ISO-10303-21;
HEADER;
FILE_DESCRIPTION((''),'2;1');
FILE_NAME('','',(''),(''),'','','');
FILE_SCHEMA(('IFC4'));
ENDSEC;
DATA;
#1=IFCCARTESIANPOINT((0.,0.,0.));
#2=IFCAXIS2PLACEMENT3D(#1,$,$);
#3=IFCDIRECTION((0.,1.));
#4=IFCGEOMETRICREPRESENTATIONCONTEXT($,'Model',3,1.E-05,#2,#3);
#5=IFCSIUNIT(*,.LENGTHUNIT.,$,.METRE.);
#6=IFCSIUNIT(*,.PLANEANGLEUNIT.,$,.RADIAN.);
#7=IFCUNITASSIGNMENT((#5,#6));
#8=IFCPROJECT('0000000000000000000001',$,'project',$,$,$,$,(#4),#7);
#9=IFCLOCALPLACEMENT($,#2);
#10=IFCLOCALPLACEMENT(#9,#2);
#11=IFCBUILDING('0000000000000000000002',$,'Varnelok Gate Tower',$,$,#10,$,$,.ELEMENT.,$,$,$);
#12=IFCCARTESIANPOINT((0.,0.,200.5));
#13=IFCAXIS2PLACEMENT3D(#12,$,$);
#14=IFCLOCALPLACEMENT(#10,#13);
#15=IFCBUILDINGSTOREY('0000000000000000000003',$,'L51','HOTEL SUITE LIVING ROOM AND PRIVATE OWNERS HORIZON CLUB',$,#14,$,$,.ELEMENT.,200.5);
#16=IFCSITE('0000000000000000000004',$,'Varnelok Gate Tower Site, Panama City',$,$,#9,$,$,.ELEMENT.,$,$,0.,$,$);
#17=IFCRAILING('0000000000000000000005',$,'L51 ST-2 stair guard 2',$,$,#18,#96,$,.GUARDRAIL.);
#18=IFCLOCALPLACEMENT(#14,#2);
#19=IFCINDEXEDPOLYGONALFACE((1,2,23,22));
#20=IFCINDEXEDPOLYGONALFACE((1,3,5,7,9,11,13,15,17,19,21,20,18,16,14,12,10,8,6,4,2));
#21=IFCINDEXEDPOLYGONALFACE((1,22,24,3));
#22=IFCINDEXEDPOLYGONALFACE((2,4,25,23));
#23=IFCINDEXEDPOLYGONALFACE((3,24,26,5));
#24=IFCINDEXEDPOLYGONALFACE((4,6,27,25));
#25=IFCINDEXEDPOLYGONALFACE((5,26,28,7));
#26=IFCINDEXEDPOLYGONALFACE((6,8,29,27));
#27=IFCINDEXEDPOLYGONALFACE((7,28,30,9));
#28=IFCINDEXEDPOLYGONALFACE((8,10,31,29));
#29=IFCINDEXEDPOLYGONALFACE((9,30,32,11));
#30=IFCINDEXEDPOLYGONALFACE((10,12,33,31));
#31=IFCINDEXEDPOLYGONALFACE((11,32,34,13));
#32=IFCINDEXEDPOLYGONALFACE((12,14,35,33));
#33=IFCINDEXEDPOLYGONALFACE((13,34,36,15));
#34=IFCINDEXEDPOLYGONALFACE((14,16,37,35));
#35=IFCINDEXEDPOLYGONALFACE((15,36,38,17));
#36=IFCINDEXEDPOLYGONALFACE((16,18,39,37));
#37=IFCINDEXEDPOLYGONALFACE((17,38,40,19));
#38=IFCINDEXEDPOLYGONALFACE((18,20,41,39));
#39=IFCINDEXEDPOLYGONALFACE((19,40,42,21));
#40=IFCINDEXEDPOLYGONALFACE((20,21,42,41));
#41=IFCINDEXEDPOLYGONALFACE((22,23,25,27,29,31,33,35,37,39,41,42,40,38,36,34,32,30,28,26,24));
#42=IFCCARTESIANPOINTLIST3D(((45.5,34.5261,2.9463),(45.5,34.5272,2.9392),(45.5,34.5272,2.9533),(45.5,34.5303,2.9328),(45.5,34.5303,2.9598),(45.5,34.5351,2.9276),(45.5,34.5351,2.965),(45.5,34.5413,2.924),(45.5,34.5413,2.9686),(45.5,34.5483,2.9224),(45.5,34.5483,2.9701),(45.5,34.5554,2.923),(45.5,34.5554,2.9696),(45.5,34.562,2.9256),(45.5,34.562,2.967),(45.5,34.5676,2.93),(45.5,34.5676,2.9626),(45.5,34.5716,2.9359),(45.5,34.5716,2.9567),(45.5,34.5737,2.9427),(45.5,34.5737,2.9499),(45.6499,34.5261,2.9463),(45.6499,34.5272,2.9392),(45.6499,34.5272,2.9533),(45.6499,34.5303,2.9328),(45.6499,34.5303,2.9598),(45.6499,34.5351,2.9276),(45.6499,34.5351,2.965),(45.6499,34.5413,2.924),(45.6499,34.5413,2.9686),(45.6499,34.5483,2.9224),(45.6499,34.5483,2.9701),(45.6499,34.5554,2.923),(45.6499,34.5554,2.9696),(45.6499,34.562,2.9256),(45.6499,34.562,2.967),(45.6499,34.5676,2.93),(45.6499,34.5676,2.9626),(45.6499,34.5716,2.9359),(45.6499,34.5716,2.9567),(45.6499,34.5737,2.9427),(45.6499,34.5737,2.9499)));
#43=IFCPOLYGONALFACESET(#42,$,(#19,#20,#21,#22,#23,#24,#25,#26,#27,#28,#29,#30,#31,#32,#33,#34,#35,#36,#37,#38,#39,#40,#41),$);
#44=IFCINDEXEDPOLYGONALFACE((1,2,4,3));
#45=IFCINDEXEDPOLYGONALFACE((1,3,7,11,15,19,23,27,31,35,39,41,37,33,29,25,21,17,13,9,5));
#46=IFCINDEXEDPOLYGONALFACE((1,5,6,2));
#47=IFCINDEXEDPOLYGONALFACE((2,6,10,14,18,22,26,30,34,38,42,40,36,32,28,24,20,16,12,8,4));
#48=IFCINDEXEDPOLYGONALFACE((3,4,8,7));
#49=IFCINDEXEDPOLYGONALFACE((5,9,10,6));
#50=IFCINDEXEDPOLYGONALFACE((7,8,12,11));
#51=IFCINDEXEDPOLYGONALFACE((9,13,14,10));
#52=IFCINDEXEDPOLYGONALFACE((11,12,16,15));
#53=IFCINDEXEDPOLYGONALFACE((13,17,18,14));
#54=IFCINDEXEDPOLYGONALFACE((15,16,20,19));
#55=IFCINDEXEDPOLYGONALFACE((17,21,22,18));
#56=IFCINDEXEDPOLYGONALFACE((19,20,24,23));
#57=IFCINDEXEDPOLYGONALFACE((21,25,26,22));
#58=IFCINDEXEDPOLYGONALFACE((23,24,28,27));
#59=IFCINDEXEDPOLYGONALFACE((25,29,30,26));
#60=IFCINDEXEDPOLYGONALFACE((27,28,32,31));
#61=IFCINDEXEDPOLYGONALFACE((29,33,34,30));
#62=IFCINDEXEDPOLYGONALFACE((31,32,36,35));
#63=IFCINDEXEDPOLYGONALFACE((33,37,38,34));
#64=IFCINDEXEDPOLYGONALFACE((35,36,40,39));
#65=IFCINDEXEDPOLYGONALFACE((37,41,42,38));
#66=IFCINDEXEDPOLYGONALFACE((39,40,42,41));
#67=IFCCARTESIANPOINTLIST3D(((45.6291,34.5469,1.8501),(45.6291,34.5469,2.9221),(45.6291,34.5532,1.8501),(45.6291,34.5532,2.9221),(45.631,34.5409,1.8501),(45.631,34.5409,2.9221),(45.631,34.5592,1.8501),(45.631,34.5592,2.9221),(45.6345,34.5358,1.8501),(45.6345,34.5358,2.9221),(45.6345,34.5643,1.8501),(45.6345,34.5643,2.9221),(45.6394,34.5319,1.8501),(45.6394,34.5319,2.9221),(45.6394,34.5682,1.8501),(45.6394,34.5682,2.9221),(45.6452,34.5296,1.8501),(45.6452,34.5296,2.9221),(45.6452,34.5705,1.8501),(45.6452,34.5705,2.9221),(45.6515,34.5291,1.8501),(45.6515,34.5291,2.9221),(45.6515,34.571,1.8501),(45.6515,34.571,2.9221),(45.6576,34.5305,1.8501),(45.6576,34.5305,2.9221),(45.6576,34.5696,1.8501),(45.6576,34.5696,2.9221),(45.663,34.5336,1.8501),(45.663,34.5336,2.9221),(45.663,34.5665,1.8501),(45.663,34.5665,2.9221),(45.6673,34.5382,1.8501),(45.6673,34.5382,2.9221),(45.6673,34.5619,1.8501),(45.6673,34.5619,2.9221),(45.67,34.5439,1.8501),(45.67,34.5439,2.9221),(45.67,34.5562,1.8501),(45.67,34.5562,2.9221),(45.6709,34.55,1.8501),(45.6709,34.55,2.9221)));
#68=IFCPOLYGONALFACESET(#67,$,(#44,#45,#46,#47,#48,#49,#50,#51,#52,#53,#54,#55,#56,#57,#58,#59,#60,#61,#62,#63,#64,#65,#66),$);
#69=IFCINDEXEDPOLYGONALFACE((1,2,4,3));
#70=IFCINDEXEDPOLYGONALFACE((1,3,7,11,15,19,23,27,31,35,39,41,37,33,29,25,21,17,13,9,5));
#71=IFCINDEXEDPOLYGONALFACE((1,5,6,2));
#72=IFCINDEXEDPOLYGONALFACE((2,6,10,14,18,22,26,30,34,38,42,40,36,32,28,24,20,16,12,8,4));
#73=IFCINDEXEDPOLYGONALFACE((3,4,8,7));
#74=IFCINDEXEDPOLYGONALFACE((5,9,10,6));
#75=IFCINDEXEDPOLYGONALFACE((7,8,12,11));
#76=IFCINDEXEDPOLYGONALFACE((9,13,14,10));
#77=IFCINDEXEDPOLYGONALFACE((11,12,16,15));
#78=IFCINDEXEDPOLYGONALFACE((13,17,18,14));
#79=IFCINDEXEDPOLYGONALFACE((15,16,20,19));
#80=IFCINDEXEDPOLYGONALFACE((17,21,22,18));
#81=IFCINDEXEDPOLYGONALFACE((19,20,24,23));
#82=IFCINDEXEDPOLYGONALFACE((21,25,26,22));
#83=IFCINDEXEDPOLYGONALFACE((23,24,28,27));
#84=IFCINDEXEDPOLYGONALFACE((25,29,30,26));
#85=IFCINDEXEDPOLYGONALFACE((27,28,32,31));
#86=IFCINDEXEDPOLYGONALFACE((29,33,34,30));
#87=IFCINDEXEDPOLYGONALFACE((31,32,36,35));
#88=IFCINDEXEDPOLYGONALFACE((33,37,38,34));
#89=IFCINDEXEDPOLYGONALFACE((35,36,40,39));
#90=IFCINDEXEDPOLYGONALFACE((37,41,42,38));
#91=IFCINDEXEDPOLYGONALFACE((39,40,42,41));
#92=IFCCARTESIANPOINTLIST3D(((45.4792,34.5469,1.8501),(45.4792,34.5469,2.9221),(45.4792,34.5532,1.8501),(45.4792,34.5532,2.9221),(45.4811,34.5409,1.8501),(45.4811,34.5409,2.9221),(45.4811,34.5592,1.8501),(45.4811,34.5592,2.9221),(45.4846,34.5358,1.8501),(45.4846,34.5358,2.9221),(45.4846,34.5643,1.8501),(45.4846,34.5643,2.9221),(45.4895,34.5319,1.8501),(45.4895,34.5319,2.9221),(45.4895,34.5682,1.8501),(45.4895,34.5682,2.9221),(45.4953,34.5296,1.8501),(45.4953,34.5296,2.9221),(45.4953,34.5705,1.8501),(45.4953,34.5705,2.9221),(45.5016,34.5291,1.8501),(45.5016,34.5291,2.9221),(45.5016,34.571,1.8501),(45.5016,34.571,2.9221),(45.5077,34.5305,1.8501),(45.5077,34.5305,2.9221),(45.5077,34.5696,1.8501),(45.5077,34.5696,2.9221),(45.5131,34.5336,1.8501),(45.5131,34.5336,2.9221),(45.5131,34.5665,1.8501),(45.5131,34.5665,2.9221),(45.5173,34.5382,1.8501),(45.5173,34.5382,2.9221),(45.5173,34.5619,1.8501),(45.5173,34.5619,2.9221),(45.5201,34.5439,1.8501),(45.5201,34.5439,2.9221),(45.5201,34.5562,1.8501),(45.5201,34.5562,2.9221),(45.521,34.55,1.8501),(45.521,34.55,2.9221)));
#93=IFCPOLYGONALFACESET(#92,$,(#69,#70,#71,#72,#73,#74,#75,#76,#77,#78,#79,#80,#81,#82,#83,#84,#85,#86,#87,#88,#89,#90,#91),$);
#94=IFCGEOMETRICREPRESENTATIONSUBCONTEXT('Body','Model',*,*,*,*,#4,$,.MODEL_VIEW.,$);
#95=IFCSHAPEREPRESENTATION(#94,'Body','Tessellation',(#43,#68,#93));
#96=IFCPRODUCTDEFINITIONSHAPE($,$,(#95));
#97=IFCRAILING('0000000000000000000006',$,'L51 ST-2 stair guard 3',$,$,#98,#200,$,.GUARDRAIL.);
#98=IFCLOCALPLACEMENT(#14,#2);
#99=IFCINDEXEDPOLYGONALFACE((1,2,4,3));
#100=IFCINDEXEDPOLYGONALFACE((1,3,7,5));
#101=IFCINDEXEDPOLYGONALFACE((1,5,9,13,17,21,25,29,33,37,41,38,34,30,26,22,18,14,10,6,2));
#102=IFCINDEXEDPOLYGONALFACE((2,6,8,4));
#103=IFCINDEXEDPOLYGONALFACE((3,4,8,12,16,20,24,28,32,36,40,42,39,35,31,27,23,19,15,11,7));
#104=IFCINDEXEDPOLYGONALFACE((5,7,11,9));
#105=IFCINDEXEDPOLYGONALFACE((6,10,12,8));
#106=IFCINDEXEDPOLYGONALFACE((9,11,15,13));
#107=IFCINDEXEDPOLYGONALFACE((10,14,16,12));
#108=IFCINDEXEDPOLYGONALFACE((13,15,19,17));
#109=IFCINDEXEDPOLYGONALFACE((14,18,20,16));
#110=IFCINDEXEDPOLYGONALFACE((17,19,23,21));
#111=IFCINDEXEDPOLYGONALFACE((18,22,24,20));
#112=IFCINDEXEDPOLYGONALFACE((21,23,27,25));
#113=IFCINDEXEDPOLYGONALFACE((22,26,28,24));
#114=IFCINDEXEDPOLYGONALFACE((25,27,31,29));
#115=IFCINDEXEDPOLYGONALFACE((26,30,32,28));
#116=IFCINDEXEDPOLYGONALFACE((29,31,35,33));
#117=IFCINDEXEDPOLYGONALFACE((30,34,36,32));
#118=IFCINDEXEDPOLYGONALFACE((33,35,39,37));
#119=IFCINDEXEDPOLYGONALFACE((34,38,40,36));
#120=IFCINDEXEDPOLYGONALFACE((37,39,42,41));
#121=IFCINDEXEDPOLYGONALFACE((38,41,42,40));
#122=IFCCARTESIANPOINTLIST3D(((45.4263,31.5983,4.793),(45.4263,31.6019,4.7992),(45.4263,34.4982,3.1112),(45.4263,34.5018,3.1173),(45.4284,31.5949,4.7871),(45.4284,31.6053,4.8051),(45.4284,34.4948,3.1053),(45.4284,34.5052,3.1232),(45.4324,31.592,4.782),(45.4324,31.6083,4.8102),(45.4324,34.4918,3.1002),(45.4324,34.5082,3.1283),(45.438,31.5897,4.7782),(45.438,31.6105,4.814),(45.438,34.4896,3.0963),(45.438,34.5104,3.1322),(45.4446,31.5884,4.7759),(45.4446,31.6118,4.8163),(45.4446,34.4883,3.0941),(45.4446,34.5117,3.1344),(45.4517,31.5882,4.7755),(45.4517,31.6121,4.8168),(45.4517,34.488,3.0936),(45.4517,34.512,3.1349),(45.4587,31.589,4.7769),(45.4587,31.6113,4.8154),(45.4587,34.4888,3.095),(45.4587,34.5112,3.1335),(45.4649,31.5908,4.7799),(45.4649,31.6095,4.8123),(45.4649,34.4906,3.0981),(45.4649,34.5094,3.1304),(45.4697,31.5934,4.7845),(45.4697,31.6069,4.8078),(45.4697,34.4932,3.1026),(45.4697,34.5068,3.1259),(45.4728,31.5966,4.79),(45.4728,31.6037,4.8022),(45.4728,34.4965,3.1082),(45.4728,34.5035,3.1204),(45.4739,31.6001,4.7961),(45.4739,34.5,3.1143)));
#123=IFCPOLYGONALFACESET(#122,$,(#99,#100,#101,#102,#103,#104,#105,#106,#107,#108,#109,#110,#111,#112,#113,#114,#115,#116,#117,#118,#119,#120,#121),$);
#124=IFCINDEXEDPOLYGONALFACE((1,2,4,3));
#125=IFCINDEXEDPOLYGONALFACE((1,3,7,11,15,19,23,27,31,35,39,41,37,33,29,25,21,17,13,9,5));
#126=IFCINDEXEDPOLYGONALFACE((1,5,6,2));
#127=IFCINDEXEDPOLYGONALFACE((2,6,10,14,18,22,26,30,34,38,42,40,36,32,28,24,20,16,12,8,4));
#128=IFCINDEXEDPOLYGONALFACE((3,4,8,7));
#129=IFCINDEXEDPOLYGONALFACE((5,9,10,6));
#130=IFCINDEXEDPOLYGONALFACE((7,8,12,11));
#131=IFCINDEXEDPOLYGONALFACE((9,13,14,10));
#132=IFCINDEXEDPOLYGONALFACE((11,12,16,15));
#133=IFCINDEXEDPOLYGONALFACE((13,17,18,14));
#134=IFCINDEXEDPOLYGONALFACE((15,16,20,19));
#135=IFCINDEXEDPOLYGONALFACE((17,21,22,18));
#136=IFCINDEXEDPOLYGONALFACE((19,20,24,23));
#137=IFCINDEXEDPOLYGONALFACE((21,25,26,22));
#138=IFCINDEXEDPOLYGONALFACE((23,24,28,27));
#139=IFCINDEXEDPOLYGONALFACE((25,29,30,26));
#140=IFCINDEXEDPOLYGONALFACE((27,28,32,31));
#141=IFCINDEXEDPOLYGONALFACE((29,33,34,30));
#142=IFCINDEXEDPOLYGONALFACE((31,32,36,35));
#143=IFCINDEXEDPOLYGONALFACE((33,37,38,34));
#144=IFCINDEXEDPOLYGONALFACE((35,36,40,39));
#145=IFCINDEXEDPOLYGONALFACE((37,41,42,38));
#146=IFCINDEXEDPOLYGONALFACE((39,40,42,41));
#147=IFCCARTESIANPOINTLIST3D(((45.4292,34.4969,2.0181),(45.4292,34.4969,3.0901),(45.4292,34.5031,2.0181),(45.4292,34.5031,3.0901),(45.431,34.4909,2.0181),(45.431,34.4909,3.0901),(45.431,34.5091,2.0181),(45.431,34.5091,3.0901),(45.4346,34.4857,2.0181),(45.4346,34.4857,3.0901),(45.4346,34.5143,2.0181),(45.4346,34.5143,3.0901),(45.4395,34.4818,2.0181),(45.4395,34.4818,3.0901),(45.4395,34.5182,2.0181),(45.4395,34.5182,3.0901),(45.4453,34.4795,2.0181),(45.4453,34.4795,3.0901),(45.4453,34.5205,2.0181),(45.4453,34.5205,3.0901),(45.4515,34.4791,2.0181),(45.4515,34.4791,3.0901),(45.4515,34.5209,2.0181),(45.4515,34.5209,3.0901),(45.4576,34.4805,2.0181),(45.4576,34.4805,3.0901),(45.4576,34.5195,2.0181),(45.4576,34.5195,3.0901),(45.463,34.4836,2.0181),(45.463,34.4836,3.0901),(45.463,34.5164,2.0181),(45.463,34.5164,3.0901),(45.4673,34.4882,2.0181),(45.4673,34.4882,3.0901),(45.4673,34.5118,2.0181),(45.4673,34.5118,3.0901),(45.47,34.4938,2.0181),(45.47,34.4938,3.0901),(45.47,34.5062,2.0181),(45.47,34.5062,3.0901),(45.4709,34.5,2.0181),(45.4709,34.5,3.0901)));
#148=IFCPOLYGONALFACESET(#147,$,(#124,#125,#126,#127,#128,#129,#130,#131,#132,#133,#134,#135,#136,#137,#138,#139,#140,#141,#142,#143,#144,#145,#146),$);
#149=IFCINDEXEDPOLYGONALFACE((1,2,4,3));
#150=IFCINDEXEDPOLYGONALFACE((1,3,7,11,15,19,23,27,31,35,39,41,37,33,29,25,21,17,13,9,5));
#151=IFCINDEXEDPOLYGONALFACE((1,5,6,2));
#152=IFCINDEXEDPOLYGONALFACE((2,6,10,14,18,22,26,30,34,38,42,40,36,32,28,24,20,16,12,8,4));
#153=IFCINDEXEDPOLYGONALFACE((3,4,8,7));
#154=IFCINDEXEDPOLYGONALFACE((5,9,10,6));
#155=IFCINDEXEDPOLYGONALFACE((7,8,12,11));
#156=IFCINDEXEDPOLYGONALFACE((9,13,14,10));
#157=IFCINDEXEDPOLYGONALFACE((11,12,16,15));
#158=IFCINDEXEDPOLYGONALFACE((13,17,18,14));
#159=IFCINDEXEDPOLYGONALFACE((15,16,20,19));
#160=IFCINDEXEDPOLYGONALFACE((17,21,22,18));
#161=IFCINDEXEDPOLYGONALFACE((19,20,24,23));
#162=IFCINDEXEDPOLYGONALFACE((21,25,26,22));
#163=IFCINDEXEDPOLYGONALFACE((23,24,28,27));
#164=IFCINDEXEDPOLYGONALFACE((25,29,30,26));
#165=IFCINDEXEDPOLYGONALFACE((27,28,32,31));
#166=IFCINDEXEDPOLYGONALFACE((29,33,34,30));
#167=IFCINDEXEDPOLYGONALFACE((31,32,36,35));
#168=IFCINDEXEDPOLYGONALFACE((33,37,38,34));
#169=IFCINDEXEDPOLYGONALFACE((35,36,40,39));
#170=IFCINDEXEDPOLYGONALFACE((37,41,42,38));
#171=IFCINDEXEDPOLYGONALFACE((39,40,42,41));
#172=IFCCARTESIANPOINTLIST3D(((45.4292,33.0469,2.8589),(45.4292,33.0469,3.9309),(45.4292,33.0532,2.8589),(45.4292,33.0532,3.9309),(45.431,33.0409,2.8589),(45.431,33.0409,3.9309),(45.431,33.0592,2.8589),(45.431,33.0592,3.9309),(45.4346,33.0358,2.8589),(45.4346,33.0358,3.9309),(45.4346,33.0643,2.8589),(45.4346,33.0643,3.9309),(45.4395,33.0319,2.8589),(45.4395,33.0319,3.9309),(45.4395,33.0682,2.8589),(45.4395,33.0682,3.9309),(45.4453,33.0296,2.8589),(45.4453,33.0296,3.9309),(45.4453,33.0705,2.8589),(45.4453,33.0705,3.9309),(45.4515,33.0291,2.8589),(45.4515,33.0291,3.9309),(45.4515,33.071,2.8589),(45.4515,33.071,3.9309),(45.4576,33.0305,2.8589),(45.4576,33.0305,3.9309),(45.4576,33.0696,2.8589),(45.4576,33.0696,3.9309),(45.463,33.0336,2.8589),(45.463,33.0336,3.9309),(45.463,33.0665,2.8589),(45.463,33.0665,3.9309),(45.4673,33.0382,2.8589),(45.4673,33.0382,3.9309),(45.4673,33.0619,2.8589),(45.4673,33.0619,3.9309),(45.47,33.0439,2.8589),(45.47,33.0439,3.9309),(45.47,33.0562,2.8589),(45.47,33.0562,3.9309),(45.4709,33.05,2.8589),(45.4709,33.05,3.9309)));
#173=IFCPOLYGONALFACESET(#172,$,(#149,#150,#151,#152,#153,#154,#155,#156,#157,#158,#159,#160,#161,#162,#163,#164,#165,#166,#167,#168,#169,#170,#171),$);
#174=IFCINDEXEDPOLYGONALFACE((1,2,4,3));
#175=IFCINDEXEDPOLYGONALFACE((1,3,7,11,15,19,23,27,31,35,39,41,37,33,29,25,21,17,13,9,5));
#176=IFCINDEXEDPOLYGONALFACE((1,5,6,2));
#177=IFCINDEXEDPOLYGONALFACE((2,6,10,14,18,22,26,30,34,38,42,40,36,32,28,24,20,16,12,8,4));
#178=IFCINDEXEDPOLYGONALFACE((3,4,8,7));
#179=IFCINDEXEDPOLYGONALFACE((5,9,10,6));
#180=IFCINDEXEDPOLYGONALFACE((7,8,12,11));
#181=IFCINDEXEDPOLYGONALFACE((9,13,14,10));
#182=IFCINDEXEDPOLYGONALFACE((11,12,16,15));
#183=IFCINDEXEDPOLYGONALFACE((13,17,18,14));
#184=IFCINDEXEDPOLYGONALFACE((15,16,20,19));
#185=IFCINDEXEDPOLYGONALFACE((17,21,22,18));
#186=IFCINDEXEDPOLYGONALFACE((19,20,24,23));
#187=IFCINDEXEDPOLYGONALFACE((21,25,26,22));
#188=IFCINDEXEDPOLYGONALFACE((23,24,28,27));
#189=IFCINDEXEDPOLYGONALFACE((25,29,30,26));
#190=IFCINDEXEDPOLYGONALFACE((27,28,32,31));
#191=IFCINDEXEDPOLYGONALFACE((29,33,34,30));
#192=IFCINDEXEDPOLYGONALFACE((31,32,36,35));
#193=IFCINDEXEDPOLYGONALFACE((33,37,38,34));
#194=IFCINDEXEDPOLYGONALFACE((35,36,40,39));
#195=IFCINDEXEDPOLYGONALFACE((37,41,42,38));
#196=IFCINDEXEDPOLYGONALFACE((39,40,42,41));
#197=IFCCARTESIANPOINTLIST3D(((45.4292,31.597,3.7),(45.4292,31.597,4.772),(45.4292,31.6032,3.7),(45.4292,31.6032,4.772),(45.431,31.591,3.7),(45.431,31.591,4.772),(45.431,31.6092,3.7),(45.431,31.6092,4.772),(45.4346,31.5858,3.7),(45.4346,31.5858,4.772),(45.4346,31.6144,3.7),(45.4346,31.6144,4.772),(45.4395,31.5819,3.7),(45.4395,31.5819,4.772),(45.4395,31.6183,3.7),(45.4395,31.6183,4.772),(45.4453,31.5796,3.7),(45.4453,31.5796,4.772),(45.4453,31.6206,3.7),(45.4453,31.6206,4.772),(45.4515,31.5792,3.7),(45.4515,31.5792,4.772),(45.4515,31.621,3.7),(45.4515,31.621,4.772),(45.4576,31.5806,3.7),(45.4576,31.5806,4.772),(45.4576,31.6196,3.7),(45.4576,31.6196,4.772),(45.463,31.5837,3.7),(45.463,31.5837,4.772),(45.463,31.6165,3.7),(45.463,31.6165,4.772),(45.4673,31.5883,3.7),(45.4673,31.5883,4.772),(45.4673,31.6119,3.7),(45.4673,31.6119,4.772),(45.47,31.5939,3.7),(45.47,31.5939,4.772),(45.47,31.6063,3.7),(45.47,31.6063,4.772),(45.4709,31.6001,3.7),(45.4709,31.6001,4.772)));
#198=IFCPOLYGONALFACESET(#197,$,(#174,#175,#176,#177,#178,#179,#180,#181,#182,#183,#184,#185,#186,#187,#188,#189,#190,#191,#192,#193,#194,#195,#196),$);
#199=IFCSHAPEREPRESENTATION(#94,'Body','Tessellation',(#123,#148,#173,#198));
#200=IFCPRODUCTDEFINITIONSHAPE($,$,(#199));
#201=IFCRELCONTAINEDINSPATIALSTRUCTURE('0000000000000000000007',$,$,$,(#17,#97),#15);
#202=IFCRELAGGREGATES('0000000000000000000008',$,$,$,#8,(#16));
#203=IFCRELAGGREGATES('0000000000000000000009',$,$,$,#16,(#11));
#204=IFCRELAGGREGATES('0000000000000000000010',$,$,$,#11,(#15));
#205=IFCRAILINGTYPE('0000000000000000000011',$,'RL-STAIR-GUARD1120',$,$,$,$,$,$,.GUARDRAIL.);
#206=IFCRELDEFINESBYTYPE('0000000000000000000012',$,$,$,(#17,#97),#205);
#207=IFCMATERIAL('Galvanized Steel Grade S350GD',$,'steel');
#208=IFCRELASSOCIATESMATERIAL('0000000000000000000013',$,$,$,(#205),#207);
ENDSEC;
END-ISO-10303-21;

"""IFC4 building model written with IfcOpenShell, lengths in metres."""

from ifc_helpers import new_model, si_unit, direction, frame, origin, origin_2d, place, context, subcontext, project, spatial, circle, extrude, material, type_object, element, save


model = new_model("IFC4")

# Units and contexts
model_context = context("Model", 3, precision=1e-05, world=origin(), true_north=direction((0.0, 1.0)))
body_context = subcontext(model_context, "Body", "Model", "MODEL_VIEW")
ifc_project = project(units=[si_unit("LENGTHUNIT", "METRE"), si_unit("PLANEANGLEUNIT", "RADIAN")], contexts=[model_context])

# Site, building, storey
site_placement = place(None, origin())
site = spatial("IfcSite", under=ifc_project, at=site_placement, Name="Varnelok Gate Tower Site, Panama City", CompositionType="ELEMENT", RefElevation=0.0)
building_placement = place(site_placement, origin())
building = spatial("IfcBuilding", under=site, at=building_placement, Name="Varnelok Gate Tower", CompositionType="ELEMENT")
storey_placement = place(building_placement, frame((0.0, 0.0, 200.5)))
storey = spatial("IfcBuildingStorey", under=building, at=storey_placement, Name="L51", Description="HOTEL SUITE LIVING ROOM AND PRIVATE OWNERS HORIZON CLUB", CompositionType="ELEMENT", Elevation=200.5)

# Shared definitions
ifc_material_1 = material(Name="Galvanized Steel Grade S350GD", Category="steel")

# Railings
railing_type_1 = type_object("IfcRailingType", Name="RL-STAIR-GUARD1120", PredefinedType="GUARDRAIL", material=ifc_material_1)
railing_1_placement = place(storey_placement, frame((45.6499, 34.55, 1.8501)))
element("IfcRailing", 1, at=railing_1_placement, inside=storey, type_object=railing_type_1, Name="L51 ST-2 stair guard 2", PredefinedType="GUARDRAIL", context=body_context, shape_type="SweptSolid", body=[
    extrude(circle(Radius=0.0239, at=origin_2d()), frame((0.0, 0.0, 1.0962), z_axis=(-1.0, 0.0, 0.0), x_axis=(0.0, -1.0, 0.0)), (0.0, 0.0, 1.0), 0.1499),
    extrude(circle(Radius=0.021, at=origin_2d()), origin(), (0.0, 0.0, 1.0), 1.072),
    extrude(circle(Radius=0.021, at=origin_2d()), frame((-0.1499, 0.0, 0.0)), (0.0, 0.0, 1.0), 1.072),
])
railing_2_placement = place(storey_placement, frame((45.45, 34.5, 2.0181)))
element("IfcRailing", 2, at=railing_2_placement, inside=storey, type_object=railing_type_1, Name="L51 ST-2 stair guard 3", PredefinedType="GUARDRAIL", context=body_context, shape_type="SweptSolid", body=[
    extrude(circle(Radius=0.0239, at=origin_2d()), frame((0.0, 0.0, 1.0962), z_axis=(0.0, -0.865039, 0.501705), x_axis=(1.0, 0.0, 0.0)), (0.0, 0.0, 1.0), 3.3523),
    extrude(circle(Radius=0.021, at=origin_2d()), origin(), (0.0, 0.0, 1.0), 1.072),
    extrude(circle(Radius=0.021, at=origin_2d()), frame((0.0, -1.45, 0.8408)), (0.0, 0.0, 1.0), 1.072),
    extrude(circle(Radius=0.021, at=origin_2d()), frame((0.0, -2.8999, 1.6819)), (0.0, 0.0, 1.0), 1.072),
])

save(model, "model.ifc")
